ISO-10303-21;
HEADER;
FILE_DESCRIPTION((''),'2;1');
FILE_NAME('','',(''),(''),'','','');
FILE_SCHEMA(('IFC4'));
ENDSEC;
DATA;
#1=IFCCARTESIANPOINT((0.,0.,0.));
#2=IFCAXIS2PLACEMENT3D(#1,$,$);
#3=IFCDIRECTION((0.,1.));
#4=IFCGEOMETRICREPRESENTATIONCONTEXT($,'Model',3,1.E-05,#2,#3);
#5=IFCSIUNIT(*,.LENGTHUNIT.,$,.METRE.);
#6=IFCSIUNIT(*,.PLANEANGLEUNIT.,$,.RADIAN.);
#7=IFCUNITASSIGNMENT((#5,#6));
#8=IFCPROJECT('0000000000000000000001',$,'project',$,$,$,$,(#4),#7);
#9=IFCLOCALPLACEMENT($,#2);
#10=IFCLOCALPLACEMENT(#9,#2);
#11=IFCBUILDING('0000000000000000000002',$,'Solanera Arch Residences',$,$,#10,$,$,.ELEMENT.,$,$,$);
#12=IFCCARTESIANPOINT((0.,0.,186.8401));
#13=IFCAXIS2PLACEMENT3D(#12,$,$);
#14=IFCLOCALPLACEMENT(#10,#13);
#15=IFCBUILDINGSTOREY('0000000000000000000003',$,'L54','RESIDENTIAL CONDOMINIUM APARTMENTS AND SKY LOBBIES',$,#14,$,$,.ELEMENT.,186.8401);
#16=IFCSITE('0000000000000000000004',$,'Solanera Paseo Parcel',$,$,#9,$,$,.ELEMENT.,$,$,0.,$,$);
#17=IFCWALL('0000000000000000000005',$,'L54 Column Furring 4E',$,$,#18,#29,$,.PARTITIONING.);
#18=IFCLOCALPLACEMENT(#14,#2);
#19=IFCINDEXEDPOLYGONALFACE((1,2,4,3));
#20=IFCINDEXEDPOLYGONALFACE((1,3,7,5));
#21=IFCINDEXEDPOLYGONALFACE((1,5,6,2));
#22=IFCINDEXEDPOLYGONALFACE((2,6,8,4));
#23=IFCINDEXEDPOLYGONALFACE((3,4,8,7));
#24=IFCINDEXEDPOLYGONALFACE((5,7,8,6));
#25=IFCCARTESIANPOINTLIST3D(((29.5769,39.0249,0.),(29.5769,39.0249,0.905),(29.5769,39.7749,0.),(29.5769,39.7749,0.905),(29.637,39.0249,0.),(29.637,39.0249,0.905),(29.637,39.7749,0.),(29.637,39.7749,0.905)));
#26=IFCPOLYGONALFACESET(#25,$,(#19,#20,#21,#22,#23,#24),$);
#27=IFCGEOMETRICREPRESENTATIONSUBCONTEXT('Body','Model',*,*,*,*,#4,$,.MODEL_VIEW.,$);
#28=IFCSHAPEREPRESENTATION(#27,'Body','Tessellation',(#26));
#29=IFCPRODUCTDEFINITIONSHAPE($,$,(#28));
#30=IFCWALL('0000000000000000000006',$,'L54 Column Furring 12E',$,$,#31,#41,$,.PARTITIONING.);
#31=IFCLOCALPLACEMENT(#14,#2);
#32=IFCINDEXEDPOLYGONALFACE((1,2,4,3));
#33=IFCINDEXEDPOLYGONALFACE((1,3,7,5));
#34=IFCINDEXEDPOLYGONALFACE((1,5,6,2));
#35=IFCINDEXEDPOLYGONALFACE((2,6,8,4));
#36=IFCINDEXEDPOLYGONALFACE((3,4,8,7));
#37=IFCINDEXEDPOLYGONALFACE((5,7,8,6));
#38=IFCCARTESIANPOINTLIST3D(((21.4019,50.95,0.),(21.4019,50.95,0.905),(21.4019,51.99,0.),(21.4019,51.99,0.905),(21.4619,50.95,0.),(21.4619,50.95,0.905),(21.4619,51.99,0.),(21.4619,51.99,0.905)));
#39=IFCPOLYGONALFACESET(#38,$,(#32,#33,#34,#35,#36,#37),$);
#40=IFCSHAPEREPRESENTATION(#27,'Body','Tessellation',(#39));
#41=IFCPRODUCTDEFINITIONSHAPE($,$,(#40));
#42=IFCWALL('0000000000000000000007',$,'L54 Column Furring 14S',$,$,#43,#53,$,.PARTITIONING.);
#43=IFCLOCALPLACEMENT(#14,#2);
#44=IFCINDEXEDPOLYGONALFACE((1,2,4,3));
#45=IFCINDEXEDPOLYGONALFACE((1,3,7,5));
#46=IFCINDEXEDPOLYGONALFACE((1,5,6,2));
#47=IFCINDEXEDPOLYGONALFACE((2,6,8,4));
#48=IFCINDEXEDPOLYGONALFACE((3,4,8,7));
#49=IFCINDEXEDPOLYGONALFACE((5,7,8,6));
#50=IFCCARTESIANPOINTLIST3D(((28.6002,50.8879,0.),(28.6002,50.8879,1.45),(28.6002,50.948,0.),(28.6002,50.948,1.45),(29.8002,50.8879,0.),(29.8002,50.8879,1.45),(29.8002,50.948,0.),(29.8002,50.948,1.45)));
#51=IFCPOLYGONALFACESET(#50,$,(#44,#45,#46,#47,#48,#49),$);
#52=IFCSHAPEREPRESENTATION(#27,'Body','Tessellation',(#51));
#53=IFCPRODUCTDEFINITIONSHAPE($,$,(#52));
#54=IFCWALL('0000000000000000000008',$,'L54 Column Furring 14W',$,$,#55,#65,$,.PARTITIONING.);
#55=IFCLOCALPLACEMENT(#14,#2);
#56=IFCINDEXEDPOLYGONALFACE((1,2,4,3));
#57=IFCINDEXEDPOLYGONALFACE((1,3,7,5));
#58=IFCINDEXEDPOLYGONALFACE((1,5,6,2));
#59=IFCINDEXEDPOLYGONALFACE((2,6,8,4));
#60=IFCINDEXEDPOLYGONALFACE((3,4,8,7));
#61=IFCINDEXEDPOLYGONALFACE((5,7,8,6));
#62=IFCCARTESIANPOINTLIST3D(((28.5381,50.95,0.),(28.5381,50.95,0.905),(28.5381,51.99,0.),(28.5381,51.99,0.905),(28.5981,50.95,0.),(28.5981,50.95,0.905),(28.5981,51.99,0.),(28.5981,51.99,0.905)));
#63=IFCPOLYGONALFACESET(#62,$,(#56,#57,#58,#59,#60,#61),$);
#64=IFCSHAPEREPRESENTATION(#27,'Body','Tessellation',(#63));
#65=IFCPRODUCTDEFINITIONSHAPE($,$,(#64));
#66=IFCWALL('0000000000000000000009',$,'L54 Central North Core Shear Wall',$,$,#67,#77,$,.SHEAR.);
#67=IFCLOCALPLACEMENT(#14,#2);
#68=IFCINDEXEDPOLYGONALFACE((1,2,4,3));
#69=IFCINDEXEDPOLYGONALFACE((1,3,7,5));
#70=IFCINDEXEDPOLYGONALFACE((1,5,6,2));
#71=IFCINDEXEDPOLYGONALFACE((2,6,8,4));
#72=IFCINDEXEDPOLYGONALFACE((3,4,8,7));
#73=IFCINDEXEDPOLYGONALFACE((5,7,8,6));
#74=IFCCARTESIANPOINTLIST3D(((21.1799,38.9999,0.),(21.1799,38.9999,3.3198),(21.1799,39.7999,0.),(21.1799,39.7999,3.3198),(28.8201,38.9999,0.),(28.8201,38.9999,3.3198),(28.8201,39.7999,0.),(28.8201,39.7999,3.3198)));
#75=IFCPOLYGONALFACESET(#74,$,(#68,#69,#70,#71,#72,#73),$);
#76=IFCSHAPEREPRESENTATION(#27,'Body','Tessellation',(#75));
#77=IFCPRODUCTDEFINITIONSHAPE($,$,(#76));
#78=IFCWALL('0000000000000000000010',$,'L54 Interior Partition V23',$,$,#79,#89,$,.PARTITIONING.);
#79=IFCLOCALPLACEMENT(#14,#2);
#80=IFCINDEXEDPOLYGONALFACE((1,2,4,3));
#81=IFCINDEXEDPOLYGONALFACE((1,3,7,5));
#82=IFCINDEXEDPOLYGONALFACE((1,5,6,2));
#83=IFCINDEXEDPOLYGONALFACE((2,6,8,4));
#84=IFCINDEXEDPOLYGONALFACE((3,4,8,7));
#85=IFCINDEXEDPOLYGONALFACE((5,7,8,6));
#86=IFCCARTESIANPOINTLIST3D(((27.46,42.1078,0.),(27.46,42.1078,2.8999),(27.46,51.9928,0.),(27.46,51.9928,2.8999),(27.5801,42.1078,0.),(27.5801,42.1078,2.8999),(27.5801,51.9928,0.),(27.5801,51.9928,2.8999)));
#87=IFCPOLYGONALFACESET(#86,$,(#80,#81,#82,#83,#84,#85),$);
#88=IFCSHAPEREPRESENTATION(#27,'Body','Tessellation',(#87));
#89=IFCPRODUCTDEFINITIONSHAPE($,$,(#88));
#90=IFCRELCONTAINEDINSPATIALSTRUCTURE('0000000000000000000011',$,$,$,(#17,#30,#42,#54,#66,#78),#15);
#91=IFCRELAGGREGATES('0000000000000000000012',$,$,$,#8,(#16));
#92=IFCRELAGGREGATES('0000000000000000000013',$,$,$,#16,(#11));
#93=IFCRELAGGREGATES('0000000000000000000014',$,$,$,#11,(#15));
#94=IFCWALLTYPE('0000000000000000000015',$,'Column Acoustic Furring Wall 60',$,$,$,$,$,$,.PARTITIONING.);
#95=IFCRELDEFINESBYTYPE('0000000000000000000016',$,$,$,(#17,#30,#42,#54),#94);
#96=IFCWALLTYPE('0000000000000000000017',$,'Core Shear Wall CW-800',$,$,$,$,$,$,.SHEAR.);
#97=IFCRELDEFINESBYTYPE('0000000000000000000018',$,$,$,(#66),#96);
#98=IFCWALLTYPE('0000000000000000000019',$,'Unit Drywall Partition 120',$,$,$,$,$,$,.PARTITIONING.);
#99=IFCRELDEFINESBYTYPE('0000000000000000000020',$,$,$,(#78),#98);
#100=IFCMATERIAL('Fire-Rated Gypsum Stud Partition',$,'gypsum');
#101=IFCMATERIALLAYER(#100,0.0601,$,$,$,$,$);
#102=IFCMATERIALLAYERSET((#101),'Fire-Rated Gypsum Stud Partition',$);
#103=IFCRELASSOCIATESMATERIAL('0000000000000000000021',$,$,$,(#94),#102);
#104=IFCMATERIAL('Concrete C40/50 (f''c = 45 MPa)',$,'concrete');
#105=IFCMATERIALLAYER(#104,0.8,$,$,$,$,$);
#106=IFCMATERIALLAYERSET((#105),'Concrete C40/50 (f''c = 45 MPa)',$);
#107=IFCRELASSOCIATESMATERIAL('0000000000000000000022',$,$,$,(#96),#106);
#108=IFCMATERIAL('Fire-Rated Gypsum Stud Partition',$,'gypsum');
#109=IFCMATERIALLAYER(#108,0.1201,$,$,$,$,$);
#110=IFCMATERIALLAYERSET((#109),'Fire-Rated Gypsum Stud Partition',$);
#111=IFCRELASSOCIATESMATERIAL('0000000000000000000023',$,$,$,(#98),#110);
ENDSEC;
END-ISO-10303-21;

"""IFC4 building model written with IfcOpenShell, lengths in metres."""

from ifc_helpers import new_model, si_unit, direction, frame, frame_2d, origin, place, context, subcontext, project, spatial, rectangle, extrude, material, layer, layer_set, type_object, element, save


model = new_model("IFC4")

# Units and contexts
model_context = context("Model", 3, precision=1e-05, world=origin(), true_north=direction((0.0, 1.0)))
body_context = subcontext(model_context, "Body", "Model", "MODEL_VIEW")
ifc_project = project(units=[si_unit("LENGTHUNIT", "METRE"), si_unit("PLANEANGLEUNIT", "RADIAN")], contexts=[model_context])

# Site, building, storey
site_placement = place(None, origin())
site = spatial("IfcSite", under=ifc_project, at=site_placement, Name="Solanera Paseo Parcel", CompositionType="ELEMENT", RefElevation=0.0)
building_placement = place(site_placement, origin())
building = spatial("IfcBuilding", under=site, at=building_placement, Name="Solanera Arch Residences", CompositionType="ELEMENT")
storey_placement = place(building_placement, frame((0.0, 0.0, 186.8401)))
storey = spatial("IfcBuildingStorey", under=building, at=storey_placement, Name="L54", Description="RESIDENTIAL CONDOMINIUM APARTMENTS AND SKY LOBBIES", CompositionType="ELEMENT", Elevation=186.8401)

# Walls
ifc_material_1 = material(Name="Fire-Rated Gypsum Stud Partition", Category="gypsum")
ifc_layer_1 = layer(ifc_material_1, 0.0601)
ifc_layer_set_1 = layer_set([ifc_layer_1], Name="Fire-Rated Gypsum Stud Partition")
wall_type_1 = type_object("IfcWallType", Name="Column Acoustic Furring Wall 60", PredefinedType="PARTITIONING", material=ifc_layer_set_1)
wall_1_placement = place(storey_placement, frame((29.6069, 39.0249, 0.0), z_axis=(0.0, 0.0, 1.0), x_axis=(0.0, 1.0, 0.0)))
element("IfcWall", 1, at=wall_1_placement, inside=storey, type_object=wall_type_1, Name="L54 Column Furring 4E", PredefinedType="PARTITIONING", context=body_context, shape_type="SweptSolid", body=[
    extrude(rectangle(XDim=0.75, YDim=0.0601, at=frame_2d((0.375, 0.0))), origin(), (0.0, 0.0, 1.0), 0.905),
])
wall_2_placement = place(storey_placement, frame((21.4319, 50.95, 0.0), z_axis=(0.0, 0.0, 1.0), x_axis=(0.0, 1.0, 0.0)))
element("IfcWall", 2, at=wall_2_placement, inside=storey, type_object=wall_type_1, Name="L54 Column Furring 12E", PredefinedType="PARTITIONING", context=body_context, shape_type="SweptSolid", body=[
    extrude(rectangle(XDim=1.04, YDim=0.0601, at=frame_2d((0.52, 0.0))), origin(), (0.0, 0.0, 1.0), 0.905),
])
wall_3_placement = place(storey_placement, frame((28.6001, 50.918, 0.0), z_axis=(0.0, 0.0, 1.0), x_axis=(1.0, 0.0, 0.0)))
element("IfcWall", 3, at=wall_3_placement, inside=storey, type_object=wall_type_1, Name="L54 Column Furring 14S", PredefinedType="PARTITIONING", context=body_context, shape_type="SweptSolid", body=[
    extrude(rectangle(XDim=1.2, YDim=0.0601, at=frame_2d((0.6001, 0.0))), origin(), (0.0, 0.0, 1.0), 1.45),
])
wall_4_placement = place(storey_placement, frame((28.5681, 50.95, 0.0), z_axis=(0.0, 0.0, 1.0), x_axis=(0.0, 1.0, 0.0)))
element("IfcWall", 4, at=wall_4_placement, inside=storey, type_object=wall_type_1, Name="L54 Column Furring 14W", PredefinedType="PARTITIONING", context=body_context, shape_type="SweptSolid", body=[
    extrude(rectangle(XDim=1.04, YDim=0.0601, at=frame_2d((0.52, 0.0))), origin(), (0.0, 0.0, 1.0), 0.905),
])
ifc_material_2 = material(Name="Concrete C40/50 (f'c = 45 MPa)", Category="concrete")
ifc_layer_2 = layer(ifc_material_2, 0.8)
ifc_layer_set_2 = layer_set([ifc_layer_2], Name="Concrete C40/50 (f'c = 45 MPa)")
wall_type_2 = type_object("IfcWallType", Name="Core Shear Wall CW-800", PredefinedType="SHEAR", material=ifc_layer_set_2)
wall_5_placement = place(storey_placement, frame((21.1799, 39.3999, 0.0), z_axis=(0.0, 0.0, 1.0), x_axis=(1.0, 0.0, 0.0)))
element("IfcWall", 5, at=wall_5_placement, inside=storey, type_object=wall_type_2, Name="L54 Central North Core Shear Wall", PredefinedType="SHEAR", context=body_context, shape_type="SweptSolid", body=[
    extrude(rectangle(XDim=7.6401, YDim=0.8, at=frame_2d((3.8201, 0.0))), origin(), (0.0, 0.0, 1.0), 3.3198),
])
ifc_material_3 = material(Name="Fire-Rated Gypsum Stud Partition", Category="gypsum")
ifc_layer_3 = layer(ifc_material_3, 0.1201)
ifc_layer_set_3 = layer_set([ifc_layer_3], Name="Fire-Rated Gypsum Stud Partition")
wall_type_3 = type_object("IfcWallType", Name="Unit Drywall Partition 120", PredefinedType="PARTITIONING", material=ifc_layer_set_3)
wall_6_placement = place(storey_placement, frame((27.52, 42.1079, 0.0), z_axis=(0.0, 0.0, 1.0), x_axis=(0.0, 1.0, 0.0)))
element("IfcWall", 6, at=wall_6_placement, inside=storey, type_object=wall_type_3, Name="L54 Interior Partition V23", PredefinedType="PARTITIONING", context=body_context, shape_type="SweptSolid", body=[
    extrude(rectangle(XDim=9.885, YDim=0.1201, at=frame_2d((4.9424, 0.0))), origin(), (0.0, 0.0, 1.0), 2.8999),
])

save(model, "model.ifc")
